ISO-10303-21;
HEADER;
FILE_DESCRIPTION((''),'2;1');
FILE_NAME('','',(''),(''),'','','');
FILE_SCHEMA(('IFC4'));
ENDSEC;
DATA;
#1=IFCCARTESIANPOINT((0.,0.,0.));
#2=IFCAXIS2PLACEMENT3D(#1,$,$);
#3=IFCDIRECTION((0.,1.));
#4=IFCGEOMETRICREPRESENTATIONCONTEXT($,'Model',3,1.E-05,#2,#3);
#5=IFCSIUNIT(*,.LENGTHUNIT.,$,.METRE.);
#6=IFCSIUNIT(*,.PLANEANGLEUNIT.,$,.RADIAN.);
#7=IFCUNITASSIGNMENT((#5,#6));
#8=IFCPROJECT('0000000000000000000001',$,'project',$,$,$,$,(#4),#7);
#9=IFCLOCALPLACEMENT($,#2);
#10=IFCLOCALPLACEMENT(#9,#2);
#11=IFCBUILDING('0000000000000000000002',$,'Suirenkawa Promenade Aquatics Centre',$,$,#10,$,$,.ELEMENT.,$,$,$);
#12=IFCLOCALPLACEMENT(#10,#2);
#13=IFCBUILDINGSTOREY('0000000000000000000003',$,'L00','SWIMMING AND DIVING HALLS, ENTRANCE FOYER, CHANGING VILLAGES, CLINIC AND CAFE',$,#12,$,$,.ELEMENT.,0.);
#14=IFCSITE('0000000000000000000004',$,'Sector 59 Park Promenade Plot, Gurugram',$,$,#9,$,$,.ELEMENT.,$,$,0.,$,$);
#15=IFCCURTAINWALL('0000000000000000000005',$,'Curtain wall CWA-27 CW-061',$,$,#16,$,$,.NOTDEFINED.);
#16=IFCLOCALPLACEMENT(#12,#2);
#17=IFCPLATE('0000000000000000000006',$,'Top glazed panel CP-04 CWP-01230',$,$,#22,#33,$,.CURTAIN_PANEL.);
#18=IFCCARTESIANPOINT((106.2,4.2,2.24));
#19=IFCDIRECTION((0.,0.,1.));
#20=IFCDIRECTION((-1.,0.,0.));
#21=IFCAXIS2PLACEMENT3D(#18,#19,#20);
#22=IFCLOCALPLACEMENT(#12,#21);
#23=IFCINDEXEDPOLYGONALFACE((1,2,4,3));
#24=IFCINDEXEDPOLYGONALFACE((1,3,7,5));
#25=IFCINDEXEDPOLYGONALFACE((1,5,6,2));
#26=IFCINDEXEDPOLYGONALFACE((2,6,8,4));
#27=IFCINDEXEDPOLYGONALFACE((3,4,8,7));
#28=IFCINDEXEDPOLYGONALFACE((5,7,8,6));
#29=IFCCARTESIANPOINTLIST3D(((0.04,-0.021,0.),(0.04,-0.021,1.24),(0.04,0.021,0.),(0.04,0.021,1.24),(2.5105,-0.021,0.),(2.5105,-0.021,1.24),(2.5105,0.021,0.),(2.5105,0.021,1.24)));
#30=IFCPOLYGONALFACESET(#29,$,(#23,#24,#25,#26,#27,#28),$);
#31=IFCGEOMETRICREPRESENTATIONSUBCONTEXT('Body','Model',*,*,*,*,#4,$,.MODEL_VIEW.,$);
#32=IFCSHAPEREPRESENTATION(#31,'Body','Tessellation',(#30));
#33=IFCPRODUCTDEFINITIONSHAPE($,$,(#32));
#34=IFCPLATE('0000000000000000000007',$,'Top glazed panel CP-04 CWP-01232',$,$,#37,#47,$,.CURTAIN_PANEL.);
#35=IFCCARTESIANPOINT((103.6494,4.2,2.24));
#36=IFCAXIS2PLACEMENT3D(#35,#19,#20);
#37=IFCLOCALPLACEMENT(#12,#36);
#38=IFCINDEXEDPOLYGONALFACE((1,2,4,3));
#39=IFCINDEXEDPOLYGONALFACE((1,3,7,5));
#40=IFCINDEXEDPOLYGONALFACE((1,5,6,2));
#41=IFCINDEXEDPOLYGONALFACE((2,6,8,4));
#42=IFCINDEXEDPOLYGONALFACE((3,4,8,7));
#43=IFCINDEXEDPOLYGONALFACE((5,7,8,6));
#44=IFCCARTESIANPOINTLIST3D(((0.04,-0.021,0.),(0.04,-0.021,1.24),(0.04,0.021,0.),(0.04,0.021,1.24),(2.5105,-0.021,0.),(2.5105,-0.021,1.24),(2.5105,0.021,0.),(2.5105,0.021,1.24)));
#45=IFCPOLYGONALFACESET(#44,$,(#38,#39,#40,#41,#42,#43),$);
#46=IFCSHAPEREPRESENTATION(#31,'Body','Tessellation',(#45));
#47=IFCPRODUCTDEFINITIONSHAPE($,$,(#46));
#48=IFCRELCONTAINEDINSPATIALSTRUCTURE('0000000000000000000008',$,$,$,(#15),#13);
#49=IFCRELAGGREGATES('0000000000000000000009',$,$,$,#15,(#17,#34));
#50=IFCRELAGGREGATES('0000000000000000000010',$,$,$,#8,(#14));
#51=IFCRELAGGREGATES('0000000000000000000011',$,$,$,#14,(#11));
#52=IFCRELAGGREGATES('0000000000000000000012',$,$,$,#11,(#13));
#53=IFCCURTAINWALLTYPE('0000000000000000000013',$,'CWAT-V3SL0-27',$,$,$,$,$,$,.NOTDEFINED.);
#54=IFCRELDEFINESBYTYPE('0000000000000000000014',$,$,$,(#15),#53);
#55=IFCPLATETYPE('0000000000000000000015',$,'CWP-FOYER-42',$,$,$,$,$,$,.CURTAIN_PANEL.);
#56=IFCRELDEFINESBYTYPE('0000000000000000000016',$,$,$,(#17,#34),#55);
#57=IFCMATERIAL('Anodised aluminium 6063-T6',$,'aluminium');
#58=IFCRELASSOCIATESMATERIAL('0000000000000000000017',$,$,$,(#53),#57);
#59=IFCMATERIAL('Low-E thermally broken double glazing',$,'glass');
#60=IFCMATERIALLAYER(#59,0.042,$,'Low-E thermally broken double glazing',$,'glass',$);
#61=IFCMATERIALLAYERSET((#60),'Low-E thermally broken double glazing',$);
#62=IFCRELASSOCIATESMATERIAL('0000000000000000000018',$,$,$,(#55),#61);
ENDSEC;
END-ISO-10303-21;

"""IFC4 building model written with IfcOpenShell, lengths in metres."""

from ifc_helpers import new_model, si_unit, direction, frame, origin, place, context, subcontext, project, spatial, polyline, outline, extrude, material, layer, layer_set, type_object, element, aggregate, save


model = new_model("IFC4")

# Units and contexts
model_context = context("Model", 3, precision=1e-05, world=origin(), true_north=direction((0.0, 1.0)))
body_context = subcontext(model_context, "Body", "Model", "MODEL_VIEW")
ifc_project = project(units=[si_unit("LENGTHUNIT", "METRE"), si_unit("PLANEANGLEUNIT", "RADIAN")], contexts=[model_context])

# Site, building, storey
site_placement = place(None, origin())
site = spatial("IfcSite", under=ifc_project, at=site_placement, Name="Sector 59 Park Promenade Plot, Gurugram", CompositionType="ELEMENT", RefElevation=0.0)
building_placement = place(site_placement, origin())
building = spatial("IfcBuilding", under=site, at=building_placement, Name="Suirenkawa Promenade Aquatics Centre", CompositionType="ELEMENT")
storey_placement = place(building_placement, origin())
storey = spatial("IfcBuildingStorey", under=building, at=storey_placement, Name="L00", Description="SWIMMING AND DIVING HALLS, ENTRANCE FOYER, CHANGING VILLAGES, CLINIC AND CAFE", CompositionType="ELEMENT", Elevation=0.0)

# Curtain wall, plates
ifc_material_1 = material(Name="Anodised aluminium 6063-T6", Category="aluminium")
curtain_wall_type = type_object("IfcCurtainWallType", Name="CWAT-V3SL0-27", PredefinedType="NOTDEFINED", material=ifc_material_1)
curtain_wall_placement = place(storey_placement, origin())
curtain_wall = element("IfcCurtainWall", 1, at=curtain_wall_placement, inside=storey, type_object=curtain_wall_type, Name="Curtain wall CWA-27 CW-061", PredefinedType="NOTDEFINED")
ifc_material_2 = material(Name="Low-E thermally broken double glazing", Category="glass")
ifc_layer_1 = layer(ifc_material_2, 0.042, Name="Low-E thermally broken double glazing", Category="glass")
ifc_layer_set_1 = layer_set([ifc_layer_1], Name="Low-E thermally broken double glazing")
plate_type = type_object("IfcPlateType", Name="CWP-FOYER-42", PredefinedType="CURTAIN_PANEL", material=ifc_layer_set_1)
plate_1_placement = place(storey_placement, frame((106.2, 4.2, 2.24), z_axis=(0.0, 0.0, 1.0), x_axis=(-1.0, 0.0, 0.0)))
plate_1 = element("IfcPlate", 2, at=plate_1_placement, type_object=plate_type, Name="Top glazed panel CP-04 CWP-01230", PredefinedType="CURTAIN_PANEL", context=body_context, shape_type="SweptSolid", body=[
    extrude(outline(polyline([(0.04, 0.0), (2.5105, 0.0), (2.5105, 1.24), (0.04, 1.24), (0.04, 0.0)])), frame((0.0, 0.021, 0.0), z_axis=(0.0, -1.0, 0.0), x_axis=(1.0, 0.0, 0.0)), (0.0, 0.0, 1.0), 0.042),
])
plate_2_placement = place(storey_placement, frame((103.6494, 4.2, 2.24), z_axis=(0.0, 0.0, 1.0), x_axis=(-1.0, 0.0, 0.0)))
plate_2 = element("IfcPlate", 3, at=plate_2_placement, type_object=plate_type, Name="Top glazed panel CP-04 CWP-01232", PredefinedType="CURTAIN_PANEL", context=body_context, shape_type="SweptSolid", body=[
    extrude(outline(polyline([(0.04, 0.0), (2.5105, 0.0), (2.5105, 1.24), (0.04, 1.24), (0.04, 0.0)])), frame((0.0, 0.021, 0.0), z_axis=(0.0, -1.0, 0.0), x_axis=(1.0, 0.0, 0.0)), (0.0, 0.0, 1.0), 0.042),
])
aggregate(curtain_wall, [plate_1, plate_2])

save(model, "model.ifc")
